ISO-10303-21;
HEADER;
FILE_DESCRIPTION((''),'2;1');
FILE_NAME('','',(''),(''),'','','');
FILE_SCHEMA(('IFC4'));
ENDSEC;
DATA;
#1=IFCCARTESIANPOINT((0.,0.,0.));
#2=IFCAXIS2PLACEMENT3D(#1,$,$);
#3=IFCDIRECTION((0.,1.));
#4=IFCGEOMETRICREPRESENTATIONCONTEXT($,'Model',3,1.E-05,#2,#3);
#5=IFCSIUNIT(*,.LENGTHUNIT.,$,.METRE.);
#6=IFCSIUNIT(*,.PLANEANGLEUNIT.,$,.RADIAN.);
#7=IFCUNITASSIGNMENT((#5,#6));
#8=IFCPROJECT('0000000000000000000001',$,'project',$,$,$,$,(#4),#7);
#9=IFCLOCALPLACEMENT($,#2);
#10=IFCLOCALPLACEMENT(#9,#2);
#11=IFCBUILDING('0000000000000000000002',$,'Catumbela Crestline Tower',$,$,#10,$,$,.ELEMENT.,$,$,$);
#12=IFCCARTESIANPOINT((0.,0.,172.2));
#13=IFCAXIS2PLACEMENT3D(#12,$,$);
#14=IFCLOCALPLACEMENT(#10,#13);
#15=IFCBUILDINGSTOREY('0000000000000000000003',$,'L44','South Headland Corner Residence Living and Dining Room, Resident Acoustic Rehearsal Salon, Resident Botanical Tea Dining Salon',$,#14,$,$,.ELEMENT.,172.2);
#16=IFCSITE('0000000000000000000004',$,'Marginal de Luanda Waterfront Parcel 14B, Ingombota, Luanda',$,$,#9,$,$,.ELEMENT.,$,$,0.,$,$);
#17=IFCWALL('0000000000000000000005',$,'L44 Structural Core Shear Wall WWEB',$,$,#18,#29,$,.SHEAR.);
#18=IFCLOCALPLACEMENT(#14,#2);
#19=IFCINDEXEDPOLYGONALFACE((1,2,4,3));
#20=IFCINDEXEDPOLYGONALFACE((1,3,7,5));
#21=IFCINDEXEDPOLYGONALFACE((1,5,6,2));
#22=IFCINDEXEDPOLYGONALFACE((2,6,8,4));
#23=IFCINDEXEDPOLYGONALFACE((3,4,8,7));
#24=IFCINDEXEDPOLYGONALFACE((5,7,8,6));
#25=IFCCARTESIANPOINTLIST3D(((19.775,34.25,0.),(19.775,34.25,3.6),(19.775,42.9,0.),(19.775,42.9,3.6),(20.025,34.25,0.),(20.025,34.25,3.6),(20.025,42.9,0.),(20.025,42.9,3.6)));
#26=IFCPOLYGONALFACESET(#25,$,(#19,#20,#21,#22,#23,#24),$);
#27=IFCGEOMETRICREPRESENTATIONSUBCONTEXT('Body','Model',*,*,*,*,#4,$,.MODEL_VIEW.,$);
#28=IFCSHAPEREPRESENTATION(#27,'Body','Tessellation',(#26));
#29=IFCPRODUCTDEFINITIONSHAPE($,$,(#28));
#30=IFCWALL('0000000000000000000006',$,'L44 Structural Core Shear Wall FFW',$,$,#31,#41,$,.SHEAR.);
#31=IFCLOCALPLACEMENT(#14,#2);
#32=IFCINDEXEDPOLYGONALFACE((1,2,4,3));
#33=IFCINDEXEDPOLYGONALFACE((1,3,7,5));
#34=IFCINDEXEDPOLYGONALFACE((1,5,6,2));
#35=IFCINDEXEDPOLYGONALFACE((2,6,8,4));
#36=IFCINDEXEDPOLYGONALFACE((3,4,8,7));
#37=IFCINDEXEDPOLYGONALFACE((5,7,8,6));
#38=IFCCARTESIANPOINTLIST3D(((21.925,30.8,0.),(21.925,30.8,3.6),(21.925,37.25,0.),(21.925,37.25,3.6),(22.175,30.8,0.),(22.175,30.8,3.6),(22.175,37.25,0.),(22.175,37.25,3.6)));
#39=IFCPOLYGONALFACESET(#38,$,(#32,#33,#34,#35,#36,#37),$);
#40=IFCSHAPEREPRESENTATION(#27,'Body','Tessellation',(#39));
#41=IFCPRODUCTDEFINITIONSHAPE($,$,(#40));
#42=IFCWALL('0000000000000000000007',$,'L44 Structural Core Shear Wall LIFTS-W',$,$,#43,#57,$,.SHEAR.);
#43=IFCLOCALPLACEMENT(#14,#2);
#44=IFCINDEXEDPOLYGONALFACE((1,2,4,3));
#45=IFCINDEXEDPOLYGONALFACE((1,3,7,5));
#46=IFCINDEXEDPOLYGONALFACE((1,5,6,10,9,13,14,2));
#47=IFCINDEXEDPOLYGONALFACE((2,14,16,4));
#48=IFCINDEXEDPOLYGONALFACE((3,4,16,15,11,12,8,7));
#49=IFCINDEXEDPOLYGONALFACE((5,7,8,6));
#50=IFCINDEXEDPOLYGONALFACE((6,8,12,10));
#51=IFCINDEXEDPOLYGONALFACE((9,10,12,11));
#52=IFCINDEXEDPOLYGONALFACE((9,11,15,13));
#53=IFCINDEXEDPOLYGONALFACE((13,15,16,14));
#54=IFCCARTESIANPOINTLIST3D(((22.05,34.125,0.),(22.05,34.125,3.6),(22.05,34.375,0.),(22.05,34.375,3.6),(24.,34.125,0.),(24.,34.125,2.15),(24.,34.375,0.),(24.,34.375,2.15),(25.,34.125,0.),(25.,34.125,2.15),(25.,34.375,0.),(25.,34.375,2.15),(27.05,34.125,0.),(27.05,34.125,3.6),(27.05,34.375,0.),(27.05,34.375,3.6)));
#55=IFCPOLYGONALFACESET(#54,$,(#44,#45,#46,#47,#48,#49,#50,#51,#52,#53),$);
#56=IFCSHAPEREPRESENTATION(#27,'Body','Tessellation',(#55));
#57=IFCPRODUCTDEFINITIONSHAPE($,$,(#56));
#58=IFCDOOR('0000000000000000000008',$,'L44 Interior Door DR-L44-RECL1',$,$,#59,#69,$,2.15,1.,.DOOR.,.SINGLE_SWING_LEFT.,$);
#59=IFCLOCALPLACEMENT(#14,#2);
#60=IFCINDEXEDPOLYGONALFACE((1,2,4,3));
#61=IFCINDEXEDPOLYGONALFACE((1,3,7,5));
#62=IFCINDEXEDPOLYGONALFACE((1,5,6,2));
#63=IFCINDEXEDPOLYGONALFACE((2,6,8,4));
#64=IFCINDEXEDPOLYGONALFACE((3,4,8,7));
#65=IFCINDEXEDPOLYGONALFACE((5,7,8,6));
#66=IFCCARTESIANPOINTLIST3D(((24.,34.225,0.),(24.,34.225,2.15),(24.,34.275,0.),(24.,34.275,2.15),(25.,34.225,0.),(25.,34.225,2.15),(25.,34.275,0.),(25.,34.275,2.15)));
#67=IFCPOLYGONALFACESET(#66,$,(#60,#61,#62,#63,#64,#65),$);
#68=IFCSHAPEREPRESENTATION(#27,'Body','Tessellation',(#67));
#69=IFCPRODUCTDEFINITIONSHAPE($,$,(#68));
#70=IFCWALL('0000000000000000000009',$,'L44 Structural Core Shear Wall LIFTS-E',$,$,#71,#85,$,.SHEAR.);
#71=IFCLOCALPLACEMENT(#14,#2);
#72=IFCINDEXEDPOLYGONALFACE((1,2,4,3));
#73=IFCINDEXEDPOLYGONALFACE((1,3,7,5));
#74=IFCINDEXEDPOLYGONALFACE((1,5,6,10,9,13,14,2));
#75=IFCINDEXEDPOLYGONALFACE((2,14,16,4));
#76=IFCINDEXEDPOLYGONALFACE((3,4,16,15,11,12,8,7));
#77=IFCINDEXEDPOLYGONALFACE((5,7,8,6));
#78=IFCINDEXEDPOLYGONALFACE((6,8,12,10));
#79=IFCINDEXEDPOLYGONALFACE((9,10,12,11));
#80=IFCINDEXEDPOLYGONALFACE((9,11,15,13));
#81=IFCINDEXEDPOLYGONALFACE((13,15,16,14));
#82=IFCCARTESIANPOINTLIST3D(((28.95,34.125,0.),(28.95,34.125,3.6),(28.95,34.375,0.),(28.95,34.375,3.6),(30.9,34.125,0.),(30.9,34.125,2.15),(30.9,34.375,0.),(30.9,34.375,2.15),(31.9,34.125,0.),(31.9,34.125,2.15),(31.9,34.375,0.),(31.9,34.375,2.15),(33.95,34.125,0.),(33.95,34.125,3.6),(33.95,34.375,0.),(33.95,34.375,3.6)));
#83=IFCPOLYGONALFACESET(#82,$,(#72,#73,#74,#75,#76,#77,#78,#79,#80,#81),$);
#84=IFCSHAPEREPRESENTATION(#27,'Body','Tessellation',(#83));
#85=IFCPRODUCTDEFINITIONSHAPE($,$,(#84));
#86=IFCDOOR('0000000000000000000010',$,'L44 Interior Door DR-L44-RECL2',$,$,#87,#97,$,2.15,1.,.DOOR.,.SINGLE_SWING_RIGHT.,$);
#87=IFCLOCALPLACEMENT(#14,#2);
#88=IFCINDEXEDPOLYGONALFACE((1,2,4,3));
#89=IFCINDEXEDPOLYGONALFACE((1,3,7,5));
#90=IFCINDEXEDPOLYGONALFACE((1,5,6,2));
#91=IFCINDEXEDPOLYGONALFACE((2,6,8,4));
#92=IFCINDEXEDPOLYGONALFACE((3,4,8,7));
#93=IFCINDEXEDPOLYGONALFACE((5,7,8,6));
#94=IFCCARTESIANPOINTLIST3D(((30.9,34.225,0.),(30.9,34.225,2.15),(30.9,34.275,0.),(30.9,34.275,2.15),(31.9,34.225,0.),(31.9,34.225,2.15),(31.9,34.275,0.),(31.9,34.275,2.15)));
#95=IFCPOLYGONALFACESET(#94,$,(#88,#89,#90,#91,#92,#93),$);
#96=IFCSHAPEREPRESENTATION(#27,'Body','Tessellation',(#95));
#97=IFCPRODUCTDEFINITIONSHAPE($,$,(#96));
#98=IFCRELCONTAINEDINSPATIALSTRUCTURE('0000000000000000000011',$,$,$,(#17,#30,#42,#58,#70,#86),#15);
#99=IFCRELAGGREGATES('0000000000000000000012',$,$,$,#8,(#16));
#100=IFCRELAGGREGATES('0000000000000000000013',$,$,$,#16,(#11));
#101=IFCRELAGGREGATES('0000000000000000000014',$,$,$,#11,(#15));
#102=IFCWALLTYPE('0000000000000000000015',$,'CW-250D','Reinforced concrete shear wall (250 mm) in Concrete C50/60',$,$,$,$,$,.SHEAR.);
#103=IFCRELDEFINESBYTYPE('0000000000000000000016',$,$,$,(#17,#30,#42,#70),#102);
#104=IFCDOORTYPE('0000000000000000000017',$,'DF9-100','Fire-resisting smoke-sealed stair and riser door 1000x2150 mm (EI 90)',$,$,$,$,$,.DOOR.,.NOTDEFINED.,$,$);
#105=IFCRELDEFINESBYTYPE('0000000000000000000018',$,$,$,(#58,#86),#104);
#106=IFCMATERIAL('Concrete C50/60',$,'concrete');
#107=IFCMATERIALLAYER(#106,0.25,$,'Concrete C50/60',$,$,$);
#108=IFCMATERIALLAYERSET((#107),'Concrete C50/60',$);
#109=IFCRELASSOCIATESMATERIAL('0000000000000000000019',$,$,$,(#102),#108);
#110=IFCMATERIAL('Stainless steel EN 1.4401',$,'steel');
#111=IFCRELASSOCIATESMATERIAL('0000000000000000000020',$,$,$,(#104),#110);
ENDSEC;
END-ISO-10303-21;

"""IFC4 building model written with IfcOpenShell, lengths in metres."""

from ifc_helpers import new_model, si_unit, direction, frame, frame_2d, origin, place, context, subcontext, project, spatial, rectangle, extrude, material, layer, layer_set, type_object, element, fill, save


model = new_model("IFC4")

# Units and contexts
model_context = context("Model", 3, precision=1e-05, world=origin(), true_north=direction((0.0, 1.0)))
body_context = subcontext(model_context, "Body", "Model", "MODEL_VIEW")
ifc_project = project(units=[si_unit("LENGTHUNIT", "METRE"), si_unit("PLANEANGLEUNIT", "RADIAN")], contexts=[model_context])

# Site, building, storey
site_placement = place(None, origin())
site = spatial("IfcSite", under=ifc_project, at=site_placement, Name="Marginal de Luanda Waterfront Parcel 14B, Ingombota, Luanda", CompositionType="ELEMENT", RefElevation=0.0)
building_placement = place(site_placement, origin())
building = spatial("IfcBuilding", under=site, at=building_placement, Name="Catumbela Crestline Tower", CompositionType="ELEMENT")
storey_placement = place(building_placement, frame((0.0, 0.0, 172.2)))
storey = spatial("IfcBuildingStorey", under=building, at=storey_placement, Name="L44", Description="South Headland Corner Residence Living and Dining Room, Resident Acoustic Rehearsal Salon, Resident Botanical Tea Dining Salon", CompositionType="ELEMENT", Elevation=172.2)

# Walls
ifc_material_1 = material(Name="Concrete C50/60", Category="concrete")
ifc_layer_1 = layer(ifc_material_1, 0.25, Name="Concrete C50/60")
ifc_layer_set_1 = layer_set([ifc_layer_1], Name="Concrete C50/60")
wall_type_1 = type_object("IfcWallType", Name="CW-250D", Description="Reinforced concrete shear wall (250 mm) in Concrete C50/60", PredefinedType="SHEAR", material=ifc_layer_set_1)
wall_1_placement = place(storey_placement, frame((19.9, 34.25, 0.0), z_axis=(0.0, 0.0, 1.0), x_axis=(0.0, 1.0, 0.0)))
element("IfcWall", 1, at=wall_1_placement, inside=storey, type_object=wall_type_1, Name="L44 Structural Core Shear Wall WWEB", PredefinedType="SHEAR", context=body_context, shape_type="SweptSolid", body=[
    extrude(rectangle(XDim=8.65, YDim=0.25, at=frame_2d((4.325, 0.0))), origin(), (0.0, 0.0, 1.0), 3.6),
])
wall_2_placement = place(storey_placement, frame((22.05, 30.8, 0.0), z_axis=(0.0, 0.0, 1.0), x_axis=(0.0, 1.0, 0.0)))
element("IfcWall", 2, at=wall_2_placement, inside=storey, type_object=wall_type_1, Name="L44 Structural Core Shear Wall FFW", PredefinedType="SHEAR", context=body_context, shape_type="SweptSolid", body=[
    extrude(rectangle(XDim=6.45, YDim=0.25, at=frame_2d((3.225, 0.0))), origin(), (0.0, 0.0, 1.0), 3.6),
])

# Walls, openings, doors
wall_3_placement = place(storey_placement, frame((22.05, 34.25, 0.0), z_axis=(0.0, 0.0, 1.0), x_axis=(1.0, 0.0, 0.0)))
wall_3 = element("IfcWall", 3, at=wall_3_placement, inside=storey, type_object=wall_type_1, Name="L44 Structural Core Shear Wall LIFTS-W", PredefinedType="SHEAR", context=body_context, shape_type="SweptSolid", body=[
    extrude(rectangle(XDim=5.0, YDim=0.25, at=frame_2d((2.5, 0.0))), origin(), (0.0, 0.0, 1.0), 3.6),
])
opening_1_placement = place(wall_3_placement, frame((1.95, 0.0, 0.0)))
opening_1 = element("IfcOpeningElement", 4, at=opening_1_placement, cuts=wall_3, PredefinedType="OPENING", context=body_context, shape_type="SweptSolid", body=[
    extrude(rectangle(XDim=1.0, YDim=2.15, at=frame_2d((0.5, 1.075))), frame((0.0, 0.135, 0.0), z_axis=(0.0, -1.0, 0.0), x_axis=(1.0, 0.0, 0.0)), (0.0, 0.0, 1.0), 0.27),
])
ifc_material_2 = material(Name="Stainless steel EN 1.4401", Category="steel")
door_type_1 = type_object("IfcDoorType", Name="DF9-100", Description="Fire-resisting smoke-sealed stair and riser door 1000x2150 mm (EI 90)", OperationType="NOTDEFINED", PredefinedType="DOOR", material=ifc_material_2)
door_1_placement = place(opening_1_placement, origin())
door_1 = element("IfcDoor", 5, at=door_1_placement, inside=storey, type_object=door_type_1, Name="L44 Interior Door DR-L44-RECL1", OperationType="SINGLE_SWING_LEFT", OverallHeight=2.15, OverallWidth=1.0, PredefinedType="DOOR", context=body_context, shape_type="SweptSolid", body=[
    extrude(rectangle(XDim=1.0, YDim=2.15, at=frame_2d((0.5, 1.075))), frame((0.0, 0.025, 0.0), z_axis=(0.0, -1.0, 0.0), x_axis=(1.0, 0.0, 0.0)), (0.0, 0.0, 1.0), 0.05),
])
fill(opening_1, door_1)
wall_4_placement = place(storey_placement, frame((28.95, 34.25, 0.0), z_axis=(0.0, 0.0, 1.0), x_axis=(1.0, 0.0, 0.0)))
wall_4 = element("IfcWall", 6, at=wall_4_placement, inside=storey, type_object=wall_type_1, Name="L44 Structural Core Shear Wall LIFTS-E", PredefinedType="SHEAR", context=body_context, shape_type="SweptSolid", body=[
    extrude(rectangle(XDim=5.0, YDim=0.25, at=frame_2d((2.5, 0.0))), origin(), (0.0, 0.0, 1.0), 3.6),
])
opening_2_placement = place(wall_4_placement, frame((1.95, 0.0, 0.0)))
opening_2 = element("IfcOpeningElement", 7, at=opening_2_placement, cuts=wall_4, PredefinedType="OPENING", context=body_context, shape_type="SweptSolid", body=[
    extrude(rectangle(XDim=1.0, YDim=2.15, at=frame_2d((0.5, 1.075))), frame((0.0, 0.135, 0.0), z_axis=(0.0, -1.0, 0.0), x_axis=(1.0, 0.0, 0.0)), (0.0, 0.0, 1.0), 0.27),
])
door_2_placement = place(opening_2_placement, origin())
door_2 = element("IfcDoor", 8, at=door_2_placement, inside=storey, type_object=door_type_1, Name="L44 Interior Door DR-L44-RECL2", OperationType="SINGLE_SWING_RIGHT", OverallHeight=2.15, OverallWidth=1.0, PredefinedType="DOOR", context=body_context, shape_type="SweptSolid", body=[
    extrude(rectangle(XDim=1.0, YDim=2.15, at=frame_2d((0.5, 1.075))), frame((0.0, 0.025, 0.0), z_axis=(0.0, -1.0, 0.0), x_axis=(1.0, 0.0, 0.0)), (0.0, 0.0, 1.0), 0.05),
])
fill(opening_2, door_2)

save(model, "model.ifc")
